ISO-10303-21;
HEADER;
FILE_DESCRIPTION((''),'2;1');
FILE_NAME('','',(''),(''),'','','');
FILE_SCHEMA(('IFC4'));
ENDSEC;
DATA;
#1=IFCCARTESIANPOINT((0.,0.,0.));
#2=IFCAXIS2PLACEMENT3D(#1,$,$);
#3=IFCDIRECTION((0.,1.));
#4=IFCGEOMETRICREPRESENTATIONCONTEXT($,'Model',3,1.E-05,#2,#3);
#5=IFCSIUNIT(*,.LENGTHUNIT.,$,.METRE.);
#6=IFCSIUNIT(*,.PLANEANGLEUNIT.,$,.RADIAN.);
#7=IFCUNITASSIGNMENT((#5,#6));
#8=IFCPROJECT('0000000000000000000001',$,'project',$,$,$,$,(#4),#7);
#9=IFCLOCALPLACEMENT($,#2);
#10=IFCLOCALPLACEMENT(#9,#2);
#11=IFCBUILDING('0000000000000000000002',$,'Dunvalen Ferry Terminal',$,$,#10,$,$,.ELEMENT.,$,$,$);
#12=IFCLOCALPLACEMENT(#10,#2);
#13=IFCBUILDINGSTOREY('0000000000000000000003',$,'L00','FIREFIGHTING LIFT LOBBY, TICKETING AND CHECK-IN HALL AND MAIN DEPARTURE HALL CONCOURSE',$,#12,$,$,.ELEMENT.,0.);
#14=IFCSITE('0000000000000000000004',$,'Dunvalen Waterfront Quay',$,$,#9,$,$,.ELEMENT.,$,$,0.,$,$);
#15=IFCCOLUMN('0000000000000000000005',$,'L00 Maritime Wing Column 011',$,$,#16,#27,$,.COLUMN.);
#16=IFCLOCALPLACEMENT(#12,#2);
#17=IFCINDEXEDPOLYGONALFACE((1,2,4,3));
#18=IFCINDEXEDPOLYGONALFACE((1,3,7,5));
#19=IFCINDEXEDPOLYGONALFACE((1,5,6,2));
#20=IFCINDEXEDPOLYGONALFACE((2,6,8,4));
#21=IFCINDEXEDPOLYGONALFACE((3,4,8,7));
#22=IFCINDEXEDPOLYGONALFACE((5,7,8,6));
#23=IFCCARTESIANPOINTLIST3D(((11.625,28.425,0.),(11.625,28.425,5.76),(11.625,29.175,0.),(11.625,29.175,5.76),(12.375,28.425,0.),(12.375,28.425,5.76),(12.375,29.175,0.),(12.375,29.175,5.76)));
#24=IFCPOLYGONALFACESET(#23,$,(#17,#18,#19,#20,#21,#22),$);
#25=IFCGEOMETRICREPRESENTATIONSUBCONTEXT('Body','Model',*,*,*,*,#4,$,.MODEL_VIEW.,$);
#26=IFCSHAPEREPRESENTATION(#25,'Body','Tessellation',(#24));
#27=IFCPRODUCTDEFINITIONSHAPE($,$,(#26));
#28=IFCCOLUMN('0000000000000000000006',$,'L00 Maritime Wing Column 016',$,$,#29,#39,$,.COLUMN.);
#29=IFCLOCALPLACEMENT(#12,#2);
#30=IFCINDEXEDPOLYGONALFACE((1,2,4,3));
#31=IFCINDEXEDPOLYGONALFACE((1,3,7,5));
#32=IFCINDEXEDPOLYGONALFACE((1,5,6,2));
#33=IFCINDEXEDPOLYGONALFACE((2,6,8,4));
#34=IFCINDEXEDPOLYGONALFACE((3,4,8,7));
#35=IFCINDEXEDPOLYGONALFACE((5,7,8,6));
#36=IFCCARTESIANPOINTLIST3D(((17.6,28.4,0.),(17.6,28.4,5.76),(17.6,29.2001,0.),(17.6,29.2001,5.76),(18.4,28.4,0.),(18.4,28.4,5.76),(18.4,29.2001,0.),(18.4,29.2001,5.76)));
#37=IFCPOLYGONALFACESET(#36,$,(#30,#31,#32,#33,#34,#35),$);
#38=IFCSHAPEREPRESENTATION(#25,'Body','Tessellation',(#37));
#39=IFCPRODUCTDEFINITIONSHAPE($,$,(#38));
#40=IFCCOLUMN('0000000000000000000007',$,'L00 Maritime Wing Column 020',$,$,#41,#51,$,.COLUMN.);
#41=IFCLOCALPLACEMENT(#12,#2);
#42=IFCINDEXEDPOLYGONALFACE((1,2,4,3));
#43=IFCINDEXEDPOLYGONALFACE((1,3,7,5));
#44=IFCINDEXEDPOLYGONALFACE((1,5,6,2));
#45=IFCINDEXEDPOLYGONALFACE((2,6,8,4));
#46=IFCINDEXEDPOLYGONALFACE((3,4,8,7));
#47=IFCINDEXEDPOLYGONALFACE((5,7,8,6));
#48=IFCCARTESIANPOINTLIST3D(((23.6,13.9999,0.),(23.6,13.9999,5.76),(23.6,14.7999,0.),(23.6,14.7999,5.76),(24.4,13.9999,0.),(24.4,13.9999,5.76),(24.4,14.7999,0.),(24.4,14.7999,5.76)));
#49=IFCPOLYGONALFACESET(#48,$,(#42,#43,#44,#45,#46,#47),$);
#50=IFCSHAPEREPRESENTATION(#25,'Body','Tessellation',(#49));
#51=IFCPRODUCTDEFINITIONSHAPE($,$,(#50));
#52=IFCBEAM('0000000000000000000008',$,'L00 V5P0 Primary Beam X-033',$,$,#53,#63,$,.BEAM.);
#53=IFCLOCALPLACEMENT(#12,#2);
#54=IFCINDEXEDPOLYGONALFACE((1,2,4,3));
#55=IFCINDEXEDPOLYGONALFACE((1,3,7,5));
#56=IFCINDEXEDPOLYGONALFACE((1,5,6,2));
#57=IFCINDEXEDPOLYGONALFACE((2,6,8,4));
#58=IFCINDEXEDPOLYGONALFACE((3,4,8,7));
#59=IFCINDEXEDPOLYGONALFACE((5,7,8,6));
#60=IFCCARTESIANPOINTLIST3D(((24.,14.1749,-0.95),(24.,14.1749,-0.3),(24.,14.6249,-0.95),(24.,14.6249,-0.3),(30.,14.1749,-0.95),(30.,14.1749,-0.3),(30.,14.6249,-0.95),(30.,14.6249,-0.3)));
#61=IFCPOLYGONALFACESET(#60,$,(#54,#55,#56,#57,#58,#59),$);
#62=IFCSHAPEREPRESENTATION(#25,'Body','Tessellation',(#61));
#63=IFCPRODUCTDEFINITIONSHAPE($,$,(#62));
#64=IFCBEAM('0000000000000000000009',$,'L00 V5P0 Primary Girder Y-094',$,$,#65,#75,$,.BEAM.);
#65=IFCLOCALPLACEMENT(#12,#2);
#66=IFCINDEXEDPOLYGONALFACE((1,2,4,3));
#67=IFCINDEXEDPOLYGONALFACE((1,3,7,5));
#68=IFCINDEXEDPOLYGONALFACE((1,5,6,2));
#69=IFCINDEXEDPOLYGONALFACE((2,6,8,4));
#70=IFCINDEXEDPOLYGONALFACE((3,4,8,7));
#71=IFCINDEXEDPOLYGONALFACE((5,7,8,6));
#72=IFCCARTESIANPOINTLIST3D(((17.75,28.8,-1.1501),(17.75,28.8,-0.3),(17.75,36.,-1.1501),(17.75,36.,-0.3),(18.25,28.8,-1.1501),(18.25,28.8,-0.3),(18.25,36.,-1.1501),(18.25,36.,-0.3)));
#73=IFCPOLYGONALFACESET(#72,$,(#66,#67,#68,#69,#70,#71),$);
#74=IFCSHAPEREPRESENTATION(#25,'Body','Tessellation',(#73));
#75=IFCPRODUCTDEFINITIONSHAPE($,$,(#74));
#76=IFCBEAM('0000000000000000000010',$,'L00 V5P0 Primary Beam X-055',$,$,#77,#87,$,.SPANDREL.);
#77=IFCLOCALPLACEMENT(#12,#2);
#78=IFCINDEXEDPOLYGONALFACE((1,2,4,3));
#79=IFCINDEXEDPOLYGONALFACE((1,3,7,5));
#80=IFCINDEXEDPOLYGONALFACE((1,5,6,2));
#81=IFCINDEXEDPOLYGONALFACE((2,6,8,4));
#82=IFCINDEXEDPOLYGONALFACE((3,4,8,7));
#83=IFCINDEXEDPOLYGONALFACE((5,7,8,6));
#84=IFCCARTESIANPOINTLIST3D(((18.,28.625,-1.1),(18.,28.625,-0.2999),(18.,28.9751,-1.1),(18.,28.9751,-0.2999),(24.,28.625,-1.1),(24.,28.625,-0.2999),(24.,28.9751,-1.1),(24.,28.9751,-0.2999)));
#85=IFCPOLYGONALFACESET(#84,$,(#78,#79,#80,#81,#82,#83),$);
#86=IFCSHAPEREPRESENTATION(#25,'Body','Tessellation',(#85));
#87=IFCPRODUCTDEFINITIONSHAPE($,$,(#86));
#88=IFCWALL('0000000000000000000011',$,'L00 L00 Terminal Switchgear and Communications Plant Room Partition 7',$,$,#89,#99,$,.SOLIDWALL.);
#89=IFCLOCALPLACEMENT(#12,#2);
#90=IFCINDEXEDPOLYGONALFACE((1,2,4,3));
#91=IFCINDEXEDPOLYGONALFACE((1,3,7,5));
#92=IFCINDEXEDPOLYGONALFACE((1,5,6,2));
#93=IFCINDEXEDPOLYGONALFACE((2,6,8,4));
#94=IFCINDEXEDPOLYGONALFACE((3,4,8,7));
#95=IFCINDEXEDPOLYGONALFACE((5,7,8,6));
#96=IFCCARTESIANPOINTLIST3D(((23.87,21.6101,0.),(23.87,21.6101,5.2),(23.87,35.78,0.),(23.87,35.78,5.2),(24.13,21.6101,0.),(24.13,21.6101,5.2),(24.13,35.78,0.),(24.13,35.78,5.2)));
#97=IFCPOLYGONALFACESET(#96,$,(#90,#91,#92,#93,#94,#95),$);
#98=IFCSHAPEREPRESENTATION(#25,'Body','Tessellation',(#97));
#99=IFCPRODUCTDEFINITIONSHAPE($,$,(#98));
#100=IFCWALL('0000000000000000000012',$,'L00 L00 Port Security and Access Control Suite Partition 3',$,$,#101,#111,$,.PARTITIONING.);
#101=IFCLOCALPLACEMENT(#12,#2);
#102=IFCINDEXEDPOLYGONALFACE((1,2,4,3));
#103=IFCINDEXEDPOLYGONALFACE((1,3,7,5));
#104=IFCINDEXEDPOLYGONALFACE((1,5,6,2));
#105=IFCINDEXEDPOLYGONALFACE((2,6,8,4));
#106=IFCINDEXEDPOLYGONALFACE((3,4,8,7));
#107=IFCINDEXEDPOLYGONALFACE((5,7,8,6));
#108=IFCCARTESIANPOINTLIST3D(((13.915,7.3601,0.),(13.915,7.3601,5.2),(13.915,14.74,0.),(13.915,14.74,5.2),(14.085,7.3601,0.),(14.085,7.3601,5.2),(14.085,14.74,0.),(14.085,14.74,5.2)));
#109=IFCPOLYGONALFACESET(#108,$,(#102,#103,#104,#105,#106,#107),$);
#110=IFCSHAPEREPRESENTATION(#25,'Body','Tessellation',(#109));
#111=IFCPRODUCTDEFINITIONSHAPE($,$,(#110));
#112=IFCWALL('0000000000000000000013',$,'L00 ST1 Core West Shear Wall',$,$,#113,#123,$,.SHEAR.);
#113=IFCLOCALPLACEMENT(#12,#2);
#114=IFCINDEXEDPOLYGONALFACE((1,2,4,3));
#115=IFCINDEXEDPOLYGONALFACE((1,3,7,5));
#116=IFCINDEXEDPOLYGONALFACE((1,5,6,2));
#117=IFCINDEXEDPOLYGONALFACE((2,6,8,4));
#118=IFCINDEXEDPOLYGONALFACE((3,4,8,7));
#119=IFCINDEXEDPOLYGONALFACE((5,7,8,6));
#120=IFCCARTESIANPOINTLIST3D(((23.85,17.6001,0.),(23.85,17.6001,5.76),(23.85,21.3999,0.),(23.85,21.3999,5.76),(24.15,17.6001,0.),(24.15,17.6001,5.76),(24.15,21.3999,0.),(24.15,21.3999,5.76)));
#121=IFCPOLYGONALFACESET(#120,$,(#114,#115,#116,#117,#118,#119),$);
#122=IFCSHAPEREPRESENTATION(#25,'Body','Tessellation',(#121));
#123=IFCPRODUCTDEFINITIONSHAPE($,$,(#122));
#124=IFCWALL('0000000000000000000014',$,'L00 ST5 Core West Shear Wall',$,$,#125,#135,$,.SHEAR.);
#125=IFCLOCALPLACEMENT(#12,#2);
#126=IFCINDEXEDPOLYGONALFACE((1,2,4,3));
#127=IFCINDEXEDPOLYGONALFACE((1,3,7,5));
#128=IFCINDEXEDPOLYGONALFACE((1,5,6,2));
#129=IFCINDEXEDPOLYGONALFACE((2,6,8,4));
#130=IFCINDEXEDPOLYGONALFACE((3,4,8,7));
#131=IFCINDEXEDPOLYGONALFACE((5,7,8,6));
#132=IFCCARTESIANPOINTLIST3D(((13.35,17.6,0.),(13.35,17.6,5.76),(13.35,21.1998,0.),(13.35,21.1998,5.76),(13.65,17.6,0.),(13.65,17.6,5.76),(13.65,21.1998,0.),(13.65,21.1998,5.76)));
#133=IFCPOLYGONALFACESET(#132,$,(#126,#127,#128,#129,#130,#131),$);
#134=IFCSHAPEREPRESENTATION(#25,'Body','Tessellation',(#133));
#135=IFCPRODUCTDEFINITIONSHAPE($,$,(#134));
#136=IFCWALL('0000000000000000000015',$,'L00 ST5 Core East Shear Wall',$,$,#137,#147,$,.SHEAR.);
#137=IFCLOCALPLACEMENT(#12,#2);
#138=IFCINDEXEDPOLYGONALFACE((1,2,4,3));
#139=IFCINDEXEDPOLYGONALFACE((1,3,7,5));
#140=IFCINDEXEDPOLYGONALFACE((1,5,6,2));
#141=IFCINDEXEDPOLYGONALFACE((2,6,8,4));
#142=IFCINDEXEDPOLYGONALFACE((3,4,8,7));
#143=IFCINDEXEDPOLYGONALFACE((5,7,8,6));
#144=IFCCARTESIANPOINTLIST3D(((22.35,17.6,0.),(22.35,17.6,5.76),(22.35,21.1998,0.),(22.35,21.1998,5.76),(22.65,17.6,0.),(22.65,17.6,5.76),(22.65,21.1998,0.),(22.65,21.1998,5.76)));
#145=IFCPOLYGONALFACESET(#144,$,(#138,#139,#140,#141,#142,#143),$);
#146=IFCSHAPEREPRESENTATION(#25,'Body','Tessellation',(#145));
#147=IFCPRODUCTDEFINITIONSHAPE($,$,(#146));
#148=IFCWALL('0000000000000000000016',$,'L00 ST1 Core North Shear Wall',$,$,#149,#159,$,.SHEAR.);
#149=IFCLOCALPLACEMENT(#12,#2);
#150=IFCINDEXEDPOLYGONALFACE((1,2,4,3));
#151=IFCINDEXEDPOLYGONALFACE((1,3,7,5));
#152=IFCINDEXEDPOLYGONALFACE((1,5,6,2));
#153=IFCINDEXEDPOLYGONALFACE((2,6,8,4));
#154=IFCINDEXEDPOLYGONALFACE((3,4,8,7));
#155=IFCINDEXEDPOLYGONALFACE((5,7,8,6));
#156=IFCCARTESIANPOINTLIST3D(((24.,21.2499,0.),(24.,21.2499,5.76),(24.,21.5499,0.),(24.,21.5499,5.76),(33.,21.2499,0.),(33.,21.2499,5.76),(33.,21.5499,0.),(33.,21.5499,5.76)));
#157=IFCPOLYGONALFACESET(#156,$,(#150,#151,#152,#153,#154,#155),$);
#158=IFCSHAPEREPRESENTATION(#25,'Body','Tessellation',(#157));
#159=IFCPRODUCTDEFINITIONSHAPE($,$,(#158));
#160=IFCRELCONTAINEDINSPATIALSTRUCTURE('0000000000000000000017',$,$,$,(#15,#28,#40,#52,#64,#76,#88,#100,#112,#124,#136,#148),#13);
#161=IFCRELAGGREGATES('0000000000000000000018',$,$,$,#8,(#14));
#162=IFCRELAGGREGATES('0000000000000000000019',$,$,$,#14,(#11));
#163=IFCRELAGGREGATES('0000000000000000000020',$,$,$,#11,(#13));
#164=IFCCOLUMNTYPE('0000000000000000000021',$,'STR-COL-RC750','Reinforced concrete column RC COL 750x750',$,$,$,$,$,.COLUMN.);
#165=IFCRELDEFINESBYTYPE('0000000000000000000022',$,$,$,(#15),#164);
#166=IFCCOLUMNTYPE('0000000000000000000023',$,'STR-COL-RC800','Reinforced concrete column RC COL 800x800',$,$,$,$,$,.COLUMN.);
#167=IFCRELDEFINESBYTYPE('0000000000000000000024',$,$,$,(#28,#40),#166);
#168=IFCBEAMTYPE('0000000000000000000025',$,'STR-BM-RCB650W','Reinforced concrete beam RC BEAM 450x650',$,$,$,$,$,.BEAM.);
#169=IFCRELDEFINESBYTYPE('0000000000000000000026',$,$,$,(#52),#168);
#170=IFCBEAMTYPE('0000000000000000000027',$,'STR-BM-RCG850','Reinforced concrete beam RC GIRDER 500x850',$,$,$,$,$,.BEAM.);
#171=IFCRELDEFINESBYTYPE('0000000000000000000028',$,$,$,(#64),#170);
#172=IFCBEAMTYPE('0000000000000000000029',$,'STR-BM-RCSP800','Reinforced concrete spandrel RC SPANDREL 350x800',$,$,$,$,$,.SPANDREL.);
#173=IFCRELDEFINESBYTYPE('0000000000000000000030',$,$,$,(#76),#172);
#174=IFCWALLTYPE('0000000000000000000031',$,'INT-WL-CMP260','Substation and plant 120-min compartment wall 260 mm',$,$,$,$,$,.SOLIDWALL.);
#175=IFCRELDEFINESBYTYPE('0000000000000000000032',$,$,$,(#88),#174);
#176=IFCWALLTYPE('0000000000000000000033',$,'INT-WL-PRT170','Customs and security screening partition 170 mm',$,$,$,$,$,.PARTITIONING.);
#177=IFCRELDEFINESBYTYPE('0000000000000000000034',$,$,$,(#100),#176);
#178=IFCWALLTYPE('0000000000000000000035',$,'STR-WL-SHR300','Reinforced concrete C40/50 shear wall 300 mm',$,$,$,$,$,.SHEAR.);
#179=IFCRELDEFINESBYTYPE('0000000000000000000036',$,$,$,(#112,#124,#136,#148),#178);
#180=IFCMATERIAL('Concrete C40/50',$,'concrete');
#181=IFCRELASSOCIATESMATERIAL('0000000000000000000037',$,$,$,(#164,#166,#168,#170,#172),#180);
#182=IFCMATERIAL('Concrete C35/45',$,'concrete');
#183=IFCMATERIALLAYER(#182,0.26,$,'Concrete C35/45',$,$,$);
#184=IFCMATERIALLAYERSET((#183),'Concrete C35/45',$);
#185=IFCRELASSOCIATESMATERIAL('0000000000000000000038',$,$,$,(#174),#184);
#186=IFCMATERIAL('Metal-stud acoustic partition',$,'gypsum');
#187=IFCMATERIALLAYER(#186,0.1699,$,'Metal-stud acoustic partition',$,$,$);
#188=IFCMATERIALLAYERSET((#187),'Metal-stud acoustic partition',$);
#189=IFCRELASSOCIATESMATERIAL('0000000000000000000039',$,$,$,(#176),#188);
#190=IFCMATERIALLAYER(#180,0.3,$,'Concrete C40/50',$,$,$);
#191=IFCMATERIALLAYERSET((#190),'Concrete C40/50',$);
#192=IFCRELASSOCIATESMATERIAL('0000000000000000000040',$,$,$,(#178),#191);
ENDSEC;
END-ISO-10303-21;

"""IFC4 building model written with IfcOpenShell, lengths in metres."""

from ifc_helpers import new_model, si_unit, direction, frame, frame_2d, origin, origin_2d, place, context, subcontext, project, spatial, rectangle, extrude, material, layer, layer_set, material_profile, profile_set, type_object, element, save


model = new_model("IFC4")

# Units and contexts
model_context = context("Model", 3, precision=1e-05, world=origin(), true_north=direction((0.0, 1.0)))
body_context = subcontext(model_context, "Body", "Model", "MODEL_VIEW")
ifc_project = project(units=[si_unit("LENGTHUNIT", "METRE"), si_unit("PLANEANGLEUNIT", "RADIAN")], contexts=[model_context])

# Site, building, storey
site_placement = place(None, origin())
site = spatial("IfcSite", under=ifc_project, at=site_placement, Name="Dunvalen Waterfront Quay", CompositionType="ELEMENT", RefElevation=0.0)
building_placement = place(site_placement, origin())
building = spatial("IfcBuilding", under=site, at=building_placement, Name="Dunvalen Ferry Terminal", CompositionType="ELEMENT")
storey_placement = place(building_placement, origin())
storey = spatial("IfcBuildingStorey", under=building, at=storey_placement, Name="L00", Description="FIREFIGHTING LIFT LOBBY, TICKETING AND CHECK-IN HALL AND MAIN DEPARTURE HALL CONCOURSE", CompositionType="ELEMENT", Elevation=0.0)

# Columns
ifc_material_1 = material(Name="Concrete C40/50", Category="concrete")
ifc_material_profile_1 = material_profile(ifc_material_1, rectangle(XDim=0.75, YDim=0.75, at=origin_2d()), Name="Concrete C40/50")
ifc_profile_set_1 = profile_set([ifc_material_profile_1], Name="Concrete C40/50")
column_type_1 = type_object("IfcColumnType", Name="STR-COL-RC750", Description="Reinforced concrete column RC COL 750x750", PredefinedType="COLUMN", material=ifc_profile_set_1)
column_placement = place(storey_placement, frame((12.0, 28.8, 0.0), z_axis=(0.0, 0.0, 1.0), x_axis=(1.0, 0.0, 0.0)))
element("IfcColumn", 1, at=column_placement, inside=storey, type_object=column_type_1, Name="L00 Maritime Wing Column 011", PredefinedType="COLUMN", context=body_context, shape_type="SweptSolid", body=[
    extrude(rectangle(XDim=0.75, YDim=0.75, at=origin_2d()), origin(), (0.0, 0.0, 1.0), 5.76),
])
ifc_material_profile_2 = material_profile(ifc_material_1, rectangle(XDim=0.8, YDim=0.8, at=origin_2d()), Name="Concrete C40/50")
ifc_profile_set_2 = profile_set([ifc_material_profile_2], Name="Concrete C40/50")
column_type_2 = type_object("IfcColumnType", Name="STR-COL-RC800", Description="Reinforced concrete column RC COL 800x800", PredefinedType="COLUMN", material=ifc_profile_set_2)
for number, where, z_axis, x_axis, name in (
    (2, (18.0, 28.8, 0.0), (0.0, 0.0, 1.0), (1.0, 0.0, 0.0), "L00 Maritime Wing Column 016"),
    (3, (24.0, 14.3999, 0.0), (0.0, 0.0, 1.0), (1.0, 0.0, 0.0), "L00 Maritime Wing Column 020"),
):
    element("IfcColumn", number, at=place(storey_placement, frame(where, z_axis=z_axis, x_axis=x_axis)), inside=storey, type_object=column_type_2, Name=name, PredefinedType="COLUMN", context=body_context, shape_type="SweptSolid", body=[
        extrude(rectangle(XDim=0.8, YDim=0.8, at=origin_2d()), origin(), (0.0, 0.0, 1.0), 5.76),
    ])

# Beams
ifc_material_profile_3 = material_profile(ifc_material_1, rectangle(XDim=0.45, YDim=0.6499, at=origin_2d()), Name="Concrete C40/50")
ifc_profile_set_3 = profile_set([ifc_material_profile_3], Name="Concrete C40/50")
beam_type_1 = type_object("IfcBeamType", Name="STR-BM-RCB650W", Description="Reinforced concrete beam RC BEAM 450x650", PredefinedType="BEAM", material=ifc_profile_set_3)
beam_1_placement = place(storey_placement, frame((24.0, 14.3999, -0.625), z_axis=(1.0, 0.0, 0.0), x_axis=(0.0, 1.0, 0.0)))
element("IfcBeam", 4, at=beam_1_placement, inside=storey, type_object=beam_type_1, Name="L00 V5P0 Primary Beam X-033", PredefinedType="BEAM", context=body_context, shape_type="SweptSolid", body=[
    extrude(rectangle(XDim=0.45, YDim=0.6499, at=origin_2d()), origin(), (0.0, 0.0, 1.0), 6.0),
])
ifc_material_profile_4 = material_profile(ifc_material_1, rectangle(XDim=0.5, YDim=0.8501, at=origin_2d()), Name="Concrete C40/50")
ifc_profile_set_4 = profile_set([ifc_material_profile_4], Name="Concrete C40/50")
beam_type_2 = type_object("IfcBeamType", Name="STR-BM-RCG850", Description="Reinforced concrete beam RC GIRDER 500x850", PredefinedType="BEAM", material=ifc_profile_set_4)
beam_2_placement = place(storey_placement, frame((18.0, 28.8, -0.7251), z_axis=(0.0, 1.0, 0.0), x_axis=(-1.0, 0.0, 0.0)))
element("IfcBeam", 5, at=beam_2_placement, inside=storey, type_object=beam_type_2, Name="L00 V5P0 Primary Girder Y-094", PredefinedType="BEAM", context=body_context, shape_type="SweptSolid", body=[
    extrude(rectangle(XDim=0.5, YDim=0.8501, at=origin_2d()), origin(), (0.0, 0.0, 1.0), 7.2),
])
ifc_material_profile_5 = material_profile(ifc_material_1, rectangle(XDim=0.3501, YDim=0.8, at=origin_2d()), Name="Concrete C40/50")
ifc_profile_set_5 = profile_set([ifc_material_profile_5], Name="Concrete C40/50")
beam_type_3 = type_object("IfcBeamType", Name="STR-BM-RCSP800", Description="Reinforced concrete spandrel RC SPANDREL 350x800", PredefinedType="SPANDREL", material=ifc_profile_set_5)
beam_3_placement = place(storey_placement, frame((18.0, 28.8, -0.7), z_axis=(1.0, 0.0, 0.0), x_axis=(0.0, 1.0, 0.0)))
element("IfcBeam", 6, at=beam_3_placement, inside=storey, type_object=beam_type_3, Name="L00 V5P0 Primary Beam X-055", PredefinedType="SPANDREL", context=body_context, shape_type="SweptSolid", body=[
    extrude(rectangle(XDim=0.3501, YDim=0.8, at=origin_2d()), origin(), (0.0, 0.0, 1.0), 6.0),
])

# Walls
ifc_material_2 = material(Name="Concrete C35/45", Category="concrete")
ifc_layer_1 = layer(ifc_material_2, 0.26, Name="Concrete C35/45")
ifc_layer_set_1 = layer_set([ifc_layer_1], Name="Concrete C35/45")
wall_type_1 = type_object("IfcWallType", Name="INT-WL-CMP260", Description="Substation and plant 120-min compartment wall 260 mm", PredefinedType="SOLIDWALL", material=ifc_layer_set_1)
wall_1_placement = place(storey_placement, frame((24.0, 21.6101, 0.0), z_axis=(0.0, 0.0, 1.0), x_axis=(0.0, 1.0, 0.0)))
element("IfcWall", 7, at=wall_1_placement, inside=storey, type_object=wall_type_1, Name="L00 L00 Terminal Switchgear and Communications Plant Room Partition 7", PredefinedType="SOLIDWALL", context=body_context, shape_type="SweptSolid", body=[
    extrude(rectangle(XDim=14.1699, YDim=0.26, at=frame_2d((7.085, 0.0))), origin(), (0.0, 0.0, 1.0), 5.2),
])
ifc_material_3 = material(Name="Metal-stud acoustic partition", Category="gypsum")
ifc_layer_2 = layer(ifc_material_3, 0.1699, Name="Metal-stud acoustic partition")
ifc_layer_set_2 = layer_set([ifc_layer_2], Name="Metal-stud acoustic partition")
wall_type_2 = type_object("IfcWallType", Name="INT-WL-PRT170", Description="Customs and security screening partition 170 mm", PredefinedType="PARTITIONING", material=ifc_layer_set_2)
wall_2_placement = place(storey_placement, frame((14.0, 14.74, 0.0), z_axis=(0.0, 0.0, 1.0), x_axis=(0.0, -1.0, 0.0)))
element("IfcWall", 8, at=wall_2_placement, inside=storey, type_object=wall_type_2, Name="L00 L00 Port Security and Access Control Suite Partition 3", PredefinedType="PARTITIONING", context=body_context, shape_type="SweptSolid", body=[
    extrude(rectangle(XDim=7.3799, YDim=0.1699, at=frame_2d((3.6899, 0.0))), origin(), (0.0, 0.0, 1.0), 5.2),
])
ifc_layer_3 = layer(ifc_material_1, 0.3, Name="Concrete C40/50")
ifc_layer_set_3 = layer_set([ifc_layer_3], Name="Concrete C40/50")
wall_type_3 = type_object("IfcWallType", Name="STR-WL-SHR300", Description="Reinforced concrete C40/50 shear wall 300 mm", PredefinedType="SHEAR", material=ifc_layer_set_3)
wall_3_placement = place(storey_placement, frame((24.0, 17.6001, 0.0), z_axis=(0.0, 0.0, 1.0), x_axis=(0.0, 1.0, 0.0)))
element("IfcWall", 9, at=wall_3_placement, inside=storey, type_object=wall_type_3, Name="L00 ST1 Core West Shear Wall", PredefinedType="SHEAR", context=body_context, shape_type="SweptSolid", body=[
    extrude(rectangle(XDim=3.7998, YDim=0.3, at=frame_2d((1.8999, 0.0))), origin(), (0.0, 0.0, 1.0), 5.76),
])
for number, where, z_axis, x_axis, name in (
    (10, (13.5, 17.6001, 0.0), (0.0, 0.0, 1.0), (0.0, 1.0, 0.0), "L00 ST5 Core West Shear Wall"),
    (11, (22.5, 17.6001, 0.0), (0.0, 0.0, 1.0), (0.0, 1.0, 0.0), "L00 ST5 Core East Shear Wall"),
):
    element("IfcWall", number, at=place(storey_placement, frame(where, z_axis=z_axis, x_axis=x_axis)), inside=storey, type_object=wall_type_3, Name=name, PredefinedType="SHEAR", context=body_context, shape_type="SweptSolid", body=[
        extrude(rectangle(XDim=3.5999, YDim=0.3, at=frame_2d((1.7998, 0.0))), origin(), (0.0, 0.0, 1.0), 5.76),
    ])
wall_4_placement = place(storey_placement, frame((24.0, 21.3999, 0.0), z_axis=(0.0, 0.0, 1.0), x_axis=(1.0, 0.0, 0.0)))
element("IfcWall", 12, at=wall_4_placement, inside=storey, type_object=wall_type_3, Name="L00 ST1 Core North Shear Wall", PredefinedType="SHEAR", context=body_context, shape_type="SweptSolid", body=[
    extrude(rectangle(XDim=9.0, YDim=0.3, at=frame_2d((4.5, 0.0))), origin(), (0.0, 0.0, 1.0), 5.76),
])

save(model, "model.ifc")
